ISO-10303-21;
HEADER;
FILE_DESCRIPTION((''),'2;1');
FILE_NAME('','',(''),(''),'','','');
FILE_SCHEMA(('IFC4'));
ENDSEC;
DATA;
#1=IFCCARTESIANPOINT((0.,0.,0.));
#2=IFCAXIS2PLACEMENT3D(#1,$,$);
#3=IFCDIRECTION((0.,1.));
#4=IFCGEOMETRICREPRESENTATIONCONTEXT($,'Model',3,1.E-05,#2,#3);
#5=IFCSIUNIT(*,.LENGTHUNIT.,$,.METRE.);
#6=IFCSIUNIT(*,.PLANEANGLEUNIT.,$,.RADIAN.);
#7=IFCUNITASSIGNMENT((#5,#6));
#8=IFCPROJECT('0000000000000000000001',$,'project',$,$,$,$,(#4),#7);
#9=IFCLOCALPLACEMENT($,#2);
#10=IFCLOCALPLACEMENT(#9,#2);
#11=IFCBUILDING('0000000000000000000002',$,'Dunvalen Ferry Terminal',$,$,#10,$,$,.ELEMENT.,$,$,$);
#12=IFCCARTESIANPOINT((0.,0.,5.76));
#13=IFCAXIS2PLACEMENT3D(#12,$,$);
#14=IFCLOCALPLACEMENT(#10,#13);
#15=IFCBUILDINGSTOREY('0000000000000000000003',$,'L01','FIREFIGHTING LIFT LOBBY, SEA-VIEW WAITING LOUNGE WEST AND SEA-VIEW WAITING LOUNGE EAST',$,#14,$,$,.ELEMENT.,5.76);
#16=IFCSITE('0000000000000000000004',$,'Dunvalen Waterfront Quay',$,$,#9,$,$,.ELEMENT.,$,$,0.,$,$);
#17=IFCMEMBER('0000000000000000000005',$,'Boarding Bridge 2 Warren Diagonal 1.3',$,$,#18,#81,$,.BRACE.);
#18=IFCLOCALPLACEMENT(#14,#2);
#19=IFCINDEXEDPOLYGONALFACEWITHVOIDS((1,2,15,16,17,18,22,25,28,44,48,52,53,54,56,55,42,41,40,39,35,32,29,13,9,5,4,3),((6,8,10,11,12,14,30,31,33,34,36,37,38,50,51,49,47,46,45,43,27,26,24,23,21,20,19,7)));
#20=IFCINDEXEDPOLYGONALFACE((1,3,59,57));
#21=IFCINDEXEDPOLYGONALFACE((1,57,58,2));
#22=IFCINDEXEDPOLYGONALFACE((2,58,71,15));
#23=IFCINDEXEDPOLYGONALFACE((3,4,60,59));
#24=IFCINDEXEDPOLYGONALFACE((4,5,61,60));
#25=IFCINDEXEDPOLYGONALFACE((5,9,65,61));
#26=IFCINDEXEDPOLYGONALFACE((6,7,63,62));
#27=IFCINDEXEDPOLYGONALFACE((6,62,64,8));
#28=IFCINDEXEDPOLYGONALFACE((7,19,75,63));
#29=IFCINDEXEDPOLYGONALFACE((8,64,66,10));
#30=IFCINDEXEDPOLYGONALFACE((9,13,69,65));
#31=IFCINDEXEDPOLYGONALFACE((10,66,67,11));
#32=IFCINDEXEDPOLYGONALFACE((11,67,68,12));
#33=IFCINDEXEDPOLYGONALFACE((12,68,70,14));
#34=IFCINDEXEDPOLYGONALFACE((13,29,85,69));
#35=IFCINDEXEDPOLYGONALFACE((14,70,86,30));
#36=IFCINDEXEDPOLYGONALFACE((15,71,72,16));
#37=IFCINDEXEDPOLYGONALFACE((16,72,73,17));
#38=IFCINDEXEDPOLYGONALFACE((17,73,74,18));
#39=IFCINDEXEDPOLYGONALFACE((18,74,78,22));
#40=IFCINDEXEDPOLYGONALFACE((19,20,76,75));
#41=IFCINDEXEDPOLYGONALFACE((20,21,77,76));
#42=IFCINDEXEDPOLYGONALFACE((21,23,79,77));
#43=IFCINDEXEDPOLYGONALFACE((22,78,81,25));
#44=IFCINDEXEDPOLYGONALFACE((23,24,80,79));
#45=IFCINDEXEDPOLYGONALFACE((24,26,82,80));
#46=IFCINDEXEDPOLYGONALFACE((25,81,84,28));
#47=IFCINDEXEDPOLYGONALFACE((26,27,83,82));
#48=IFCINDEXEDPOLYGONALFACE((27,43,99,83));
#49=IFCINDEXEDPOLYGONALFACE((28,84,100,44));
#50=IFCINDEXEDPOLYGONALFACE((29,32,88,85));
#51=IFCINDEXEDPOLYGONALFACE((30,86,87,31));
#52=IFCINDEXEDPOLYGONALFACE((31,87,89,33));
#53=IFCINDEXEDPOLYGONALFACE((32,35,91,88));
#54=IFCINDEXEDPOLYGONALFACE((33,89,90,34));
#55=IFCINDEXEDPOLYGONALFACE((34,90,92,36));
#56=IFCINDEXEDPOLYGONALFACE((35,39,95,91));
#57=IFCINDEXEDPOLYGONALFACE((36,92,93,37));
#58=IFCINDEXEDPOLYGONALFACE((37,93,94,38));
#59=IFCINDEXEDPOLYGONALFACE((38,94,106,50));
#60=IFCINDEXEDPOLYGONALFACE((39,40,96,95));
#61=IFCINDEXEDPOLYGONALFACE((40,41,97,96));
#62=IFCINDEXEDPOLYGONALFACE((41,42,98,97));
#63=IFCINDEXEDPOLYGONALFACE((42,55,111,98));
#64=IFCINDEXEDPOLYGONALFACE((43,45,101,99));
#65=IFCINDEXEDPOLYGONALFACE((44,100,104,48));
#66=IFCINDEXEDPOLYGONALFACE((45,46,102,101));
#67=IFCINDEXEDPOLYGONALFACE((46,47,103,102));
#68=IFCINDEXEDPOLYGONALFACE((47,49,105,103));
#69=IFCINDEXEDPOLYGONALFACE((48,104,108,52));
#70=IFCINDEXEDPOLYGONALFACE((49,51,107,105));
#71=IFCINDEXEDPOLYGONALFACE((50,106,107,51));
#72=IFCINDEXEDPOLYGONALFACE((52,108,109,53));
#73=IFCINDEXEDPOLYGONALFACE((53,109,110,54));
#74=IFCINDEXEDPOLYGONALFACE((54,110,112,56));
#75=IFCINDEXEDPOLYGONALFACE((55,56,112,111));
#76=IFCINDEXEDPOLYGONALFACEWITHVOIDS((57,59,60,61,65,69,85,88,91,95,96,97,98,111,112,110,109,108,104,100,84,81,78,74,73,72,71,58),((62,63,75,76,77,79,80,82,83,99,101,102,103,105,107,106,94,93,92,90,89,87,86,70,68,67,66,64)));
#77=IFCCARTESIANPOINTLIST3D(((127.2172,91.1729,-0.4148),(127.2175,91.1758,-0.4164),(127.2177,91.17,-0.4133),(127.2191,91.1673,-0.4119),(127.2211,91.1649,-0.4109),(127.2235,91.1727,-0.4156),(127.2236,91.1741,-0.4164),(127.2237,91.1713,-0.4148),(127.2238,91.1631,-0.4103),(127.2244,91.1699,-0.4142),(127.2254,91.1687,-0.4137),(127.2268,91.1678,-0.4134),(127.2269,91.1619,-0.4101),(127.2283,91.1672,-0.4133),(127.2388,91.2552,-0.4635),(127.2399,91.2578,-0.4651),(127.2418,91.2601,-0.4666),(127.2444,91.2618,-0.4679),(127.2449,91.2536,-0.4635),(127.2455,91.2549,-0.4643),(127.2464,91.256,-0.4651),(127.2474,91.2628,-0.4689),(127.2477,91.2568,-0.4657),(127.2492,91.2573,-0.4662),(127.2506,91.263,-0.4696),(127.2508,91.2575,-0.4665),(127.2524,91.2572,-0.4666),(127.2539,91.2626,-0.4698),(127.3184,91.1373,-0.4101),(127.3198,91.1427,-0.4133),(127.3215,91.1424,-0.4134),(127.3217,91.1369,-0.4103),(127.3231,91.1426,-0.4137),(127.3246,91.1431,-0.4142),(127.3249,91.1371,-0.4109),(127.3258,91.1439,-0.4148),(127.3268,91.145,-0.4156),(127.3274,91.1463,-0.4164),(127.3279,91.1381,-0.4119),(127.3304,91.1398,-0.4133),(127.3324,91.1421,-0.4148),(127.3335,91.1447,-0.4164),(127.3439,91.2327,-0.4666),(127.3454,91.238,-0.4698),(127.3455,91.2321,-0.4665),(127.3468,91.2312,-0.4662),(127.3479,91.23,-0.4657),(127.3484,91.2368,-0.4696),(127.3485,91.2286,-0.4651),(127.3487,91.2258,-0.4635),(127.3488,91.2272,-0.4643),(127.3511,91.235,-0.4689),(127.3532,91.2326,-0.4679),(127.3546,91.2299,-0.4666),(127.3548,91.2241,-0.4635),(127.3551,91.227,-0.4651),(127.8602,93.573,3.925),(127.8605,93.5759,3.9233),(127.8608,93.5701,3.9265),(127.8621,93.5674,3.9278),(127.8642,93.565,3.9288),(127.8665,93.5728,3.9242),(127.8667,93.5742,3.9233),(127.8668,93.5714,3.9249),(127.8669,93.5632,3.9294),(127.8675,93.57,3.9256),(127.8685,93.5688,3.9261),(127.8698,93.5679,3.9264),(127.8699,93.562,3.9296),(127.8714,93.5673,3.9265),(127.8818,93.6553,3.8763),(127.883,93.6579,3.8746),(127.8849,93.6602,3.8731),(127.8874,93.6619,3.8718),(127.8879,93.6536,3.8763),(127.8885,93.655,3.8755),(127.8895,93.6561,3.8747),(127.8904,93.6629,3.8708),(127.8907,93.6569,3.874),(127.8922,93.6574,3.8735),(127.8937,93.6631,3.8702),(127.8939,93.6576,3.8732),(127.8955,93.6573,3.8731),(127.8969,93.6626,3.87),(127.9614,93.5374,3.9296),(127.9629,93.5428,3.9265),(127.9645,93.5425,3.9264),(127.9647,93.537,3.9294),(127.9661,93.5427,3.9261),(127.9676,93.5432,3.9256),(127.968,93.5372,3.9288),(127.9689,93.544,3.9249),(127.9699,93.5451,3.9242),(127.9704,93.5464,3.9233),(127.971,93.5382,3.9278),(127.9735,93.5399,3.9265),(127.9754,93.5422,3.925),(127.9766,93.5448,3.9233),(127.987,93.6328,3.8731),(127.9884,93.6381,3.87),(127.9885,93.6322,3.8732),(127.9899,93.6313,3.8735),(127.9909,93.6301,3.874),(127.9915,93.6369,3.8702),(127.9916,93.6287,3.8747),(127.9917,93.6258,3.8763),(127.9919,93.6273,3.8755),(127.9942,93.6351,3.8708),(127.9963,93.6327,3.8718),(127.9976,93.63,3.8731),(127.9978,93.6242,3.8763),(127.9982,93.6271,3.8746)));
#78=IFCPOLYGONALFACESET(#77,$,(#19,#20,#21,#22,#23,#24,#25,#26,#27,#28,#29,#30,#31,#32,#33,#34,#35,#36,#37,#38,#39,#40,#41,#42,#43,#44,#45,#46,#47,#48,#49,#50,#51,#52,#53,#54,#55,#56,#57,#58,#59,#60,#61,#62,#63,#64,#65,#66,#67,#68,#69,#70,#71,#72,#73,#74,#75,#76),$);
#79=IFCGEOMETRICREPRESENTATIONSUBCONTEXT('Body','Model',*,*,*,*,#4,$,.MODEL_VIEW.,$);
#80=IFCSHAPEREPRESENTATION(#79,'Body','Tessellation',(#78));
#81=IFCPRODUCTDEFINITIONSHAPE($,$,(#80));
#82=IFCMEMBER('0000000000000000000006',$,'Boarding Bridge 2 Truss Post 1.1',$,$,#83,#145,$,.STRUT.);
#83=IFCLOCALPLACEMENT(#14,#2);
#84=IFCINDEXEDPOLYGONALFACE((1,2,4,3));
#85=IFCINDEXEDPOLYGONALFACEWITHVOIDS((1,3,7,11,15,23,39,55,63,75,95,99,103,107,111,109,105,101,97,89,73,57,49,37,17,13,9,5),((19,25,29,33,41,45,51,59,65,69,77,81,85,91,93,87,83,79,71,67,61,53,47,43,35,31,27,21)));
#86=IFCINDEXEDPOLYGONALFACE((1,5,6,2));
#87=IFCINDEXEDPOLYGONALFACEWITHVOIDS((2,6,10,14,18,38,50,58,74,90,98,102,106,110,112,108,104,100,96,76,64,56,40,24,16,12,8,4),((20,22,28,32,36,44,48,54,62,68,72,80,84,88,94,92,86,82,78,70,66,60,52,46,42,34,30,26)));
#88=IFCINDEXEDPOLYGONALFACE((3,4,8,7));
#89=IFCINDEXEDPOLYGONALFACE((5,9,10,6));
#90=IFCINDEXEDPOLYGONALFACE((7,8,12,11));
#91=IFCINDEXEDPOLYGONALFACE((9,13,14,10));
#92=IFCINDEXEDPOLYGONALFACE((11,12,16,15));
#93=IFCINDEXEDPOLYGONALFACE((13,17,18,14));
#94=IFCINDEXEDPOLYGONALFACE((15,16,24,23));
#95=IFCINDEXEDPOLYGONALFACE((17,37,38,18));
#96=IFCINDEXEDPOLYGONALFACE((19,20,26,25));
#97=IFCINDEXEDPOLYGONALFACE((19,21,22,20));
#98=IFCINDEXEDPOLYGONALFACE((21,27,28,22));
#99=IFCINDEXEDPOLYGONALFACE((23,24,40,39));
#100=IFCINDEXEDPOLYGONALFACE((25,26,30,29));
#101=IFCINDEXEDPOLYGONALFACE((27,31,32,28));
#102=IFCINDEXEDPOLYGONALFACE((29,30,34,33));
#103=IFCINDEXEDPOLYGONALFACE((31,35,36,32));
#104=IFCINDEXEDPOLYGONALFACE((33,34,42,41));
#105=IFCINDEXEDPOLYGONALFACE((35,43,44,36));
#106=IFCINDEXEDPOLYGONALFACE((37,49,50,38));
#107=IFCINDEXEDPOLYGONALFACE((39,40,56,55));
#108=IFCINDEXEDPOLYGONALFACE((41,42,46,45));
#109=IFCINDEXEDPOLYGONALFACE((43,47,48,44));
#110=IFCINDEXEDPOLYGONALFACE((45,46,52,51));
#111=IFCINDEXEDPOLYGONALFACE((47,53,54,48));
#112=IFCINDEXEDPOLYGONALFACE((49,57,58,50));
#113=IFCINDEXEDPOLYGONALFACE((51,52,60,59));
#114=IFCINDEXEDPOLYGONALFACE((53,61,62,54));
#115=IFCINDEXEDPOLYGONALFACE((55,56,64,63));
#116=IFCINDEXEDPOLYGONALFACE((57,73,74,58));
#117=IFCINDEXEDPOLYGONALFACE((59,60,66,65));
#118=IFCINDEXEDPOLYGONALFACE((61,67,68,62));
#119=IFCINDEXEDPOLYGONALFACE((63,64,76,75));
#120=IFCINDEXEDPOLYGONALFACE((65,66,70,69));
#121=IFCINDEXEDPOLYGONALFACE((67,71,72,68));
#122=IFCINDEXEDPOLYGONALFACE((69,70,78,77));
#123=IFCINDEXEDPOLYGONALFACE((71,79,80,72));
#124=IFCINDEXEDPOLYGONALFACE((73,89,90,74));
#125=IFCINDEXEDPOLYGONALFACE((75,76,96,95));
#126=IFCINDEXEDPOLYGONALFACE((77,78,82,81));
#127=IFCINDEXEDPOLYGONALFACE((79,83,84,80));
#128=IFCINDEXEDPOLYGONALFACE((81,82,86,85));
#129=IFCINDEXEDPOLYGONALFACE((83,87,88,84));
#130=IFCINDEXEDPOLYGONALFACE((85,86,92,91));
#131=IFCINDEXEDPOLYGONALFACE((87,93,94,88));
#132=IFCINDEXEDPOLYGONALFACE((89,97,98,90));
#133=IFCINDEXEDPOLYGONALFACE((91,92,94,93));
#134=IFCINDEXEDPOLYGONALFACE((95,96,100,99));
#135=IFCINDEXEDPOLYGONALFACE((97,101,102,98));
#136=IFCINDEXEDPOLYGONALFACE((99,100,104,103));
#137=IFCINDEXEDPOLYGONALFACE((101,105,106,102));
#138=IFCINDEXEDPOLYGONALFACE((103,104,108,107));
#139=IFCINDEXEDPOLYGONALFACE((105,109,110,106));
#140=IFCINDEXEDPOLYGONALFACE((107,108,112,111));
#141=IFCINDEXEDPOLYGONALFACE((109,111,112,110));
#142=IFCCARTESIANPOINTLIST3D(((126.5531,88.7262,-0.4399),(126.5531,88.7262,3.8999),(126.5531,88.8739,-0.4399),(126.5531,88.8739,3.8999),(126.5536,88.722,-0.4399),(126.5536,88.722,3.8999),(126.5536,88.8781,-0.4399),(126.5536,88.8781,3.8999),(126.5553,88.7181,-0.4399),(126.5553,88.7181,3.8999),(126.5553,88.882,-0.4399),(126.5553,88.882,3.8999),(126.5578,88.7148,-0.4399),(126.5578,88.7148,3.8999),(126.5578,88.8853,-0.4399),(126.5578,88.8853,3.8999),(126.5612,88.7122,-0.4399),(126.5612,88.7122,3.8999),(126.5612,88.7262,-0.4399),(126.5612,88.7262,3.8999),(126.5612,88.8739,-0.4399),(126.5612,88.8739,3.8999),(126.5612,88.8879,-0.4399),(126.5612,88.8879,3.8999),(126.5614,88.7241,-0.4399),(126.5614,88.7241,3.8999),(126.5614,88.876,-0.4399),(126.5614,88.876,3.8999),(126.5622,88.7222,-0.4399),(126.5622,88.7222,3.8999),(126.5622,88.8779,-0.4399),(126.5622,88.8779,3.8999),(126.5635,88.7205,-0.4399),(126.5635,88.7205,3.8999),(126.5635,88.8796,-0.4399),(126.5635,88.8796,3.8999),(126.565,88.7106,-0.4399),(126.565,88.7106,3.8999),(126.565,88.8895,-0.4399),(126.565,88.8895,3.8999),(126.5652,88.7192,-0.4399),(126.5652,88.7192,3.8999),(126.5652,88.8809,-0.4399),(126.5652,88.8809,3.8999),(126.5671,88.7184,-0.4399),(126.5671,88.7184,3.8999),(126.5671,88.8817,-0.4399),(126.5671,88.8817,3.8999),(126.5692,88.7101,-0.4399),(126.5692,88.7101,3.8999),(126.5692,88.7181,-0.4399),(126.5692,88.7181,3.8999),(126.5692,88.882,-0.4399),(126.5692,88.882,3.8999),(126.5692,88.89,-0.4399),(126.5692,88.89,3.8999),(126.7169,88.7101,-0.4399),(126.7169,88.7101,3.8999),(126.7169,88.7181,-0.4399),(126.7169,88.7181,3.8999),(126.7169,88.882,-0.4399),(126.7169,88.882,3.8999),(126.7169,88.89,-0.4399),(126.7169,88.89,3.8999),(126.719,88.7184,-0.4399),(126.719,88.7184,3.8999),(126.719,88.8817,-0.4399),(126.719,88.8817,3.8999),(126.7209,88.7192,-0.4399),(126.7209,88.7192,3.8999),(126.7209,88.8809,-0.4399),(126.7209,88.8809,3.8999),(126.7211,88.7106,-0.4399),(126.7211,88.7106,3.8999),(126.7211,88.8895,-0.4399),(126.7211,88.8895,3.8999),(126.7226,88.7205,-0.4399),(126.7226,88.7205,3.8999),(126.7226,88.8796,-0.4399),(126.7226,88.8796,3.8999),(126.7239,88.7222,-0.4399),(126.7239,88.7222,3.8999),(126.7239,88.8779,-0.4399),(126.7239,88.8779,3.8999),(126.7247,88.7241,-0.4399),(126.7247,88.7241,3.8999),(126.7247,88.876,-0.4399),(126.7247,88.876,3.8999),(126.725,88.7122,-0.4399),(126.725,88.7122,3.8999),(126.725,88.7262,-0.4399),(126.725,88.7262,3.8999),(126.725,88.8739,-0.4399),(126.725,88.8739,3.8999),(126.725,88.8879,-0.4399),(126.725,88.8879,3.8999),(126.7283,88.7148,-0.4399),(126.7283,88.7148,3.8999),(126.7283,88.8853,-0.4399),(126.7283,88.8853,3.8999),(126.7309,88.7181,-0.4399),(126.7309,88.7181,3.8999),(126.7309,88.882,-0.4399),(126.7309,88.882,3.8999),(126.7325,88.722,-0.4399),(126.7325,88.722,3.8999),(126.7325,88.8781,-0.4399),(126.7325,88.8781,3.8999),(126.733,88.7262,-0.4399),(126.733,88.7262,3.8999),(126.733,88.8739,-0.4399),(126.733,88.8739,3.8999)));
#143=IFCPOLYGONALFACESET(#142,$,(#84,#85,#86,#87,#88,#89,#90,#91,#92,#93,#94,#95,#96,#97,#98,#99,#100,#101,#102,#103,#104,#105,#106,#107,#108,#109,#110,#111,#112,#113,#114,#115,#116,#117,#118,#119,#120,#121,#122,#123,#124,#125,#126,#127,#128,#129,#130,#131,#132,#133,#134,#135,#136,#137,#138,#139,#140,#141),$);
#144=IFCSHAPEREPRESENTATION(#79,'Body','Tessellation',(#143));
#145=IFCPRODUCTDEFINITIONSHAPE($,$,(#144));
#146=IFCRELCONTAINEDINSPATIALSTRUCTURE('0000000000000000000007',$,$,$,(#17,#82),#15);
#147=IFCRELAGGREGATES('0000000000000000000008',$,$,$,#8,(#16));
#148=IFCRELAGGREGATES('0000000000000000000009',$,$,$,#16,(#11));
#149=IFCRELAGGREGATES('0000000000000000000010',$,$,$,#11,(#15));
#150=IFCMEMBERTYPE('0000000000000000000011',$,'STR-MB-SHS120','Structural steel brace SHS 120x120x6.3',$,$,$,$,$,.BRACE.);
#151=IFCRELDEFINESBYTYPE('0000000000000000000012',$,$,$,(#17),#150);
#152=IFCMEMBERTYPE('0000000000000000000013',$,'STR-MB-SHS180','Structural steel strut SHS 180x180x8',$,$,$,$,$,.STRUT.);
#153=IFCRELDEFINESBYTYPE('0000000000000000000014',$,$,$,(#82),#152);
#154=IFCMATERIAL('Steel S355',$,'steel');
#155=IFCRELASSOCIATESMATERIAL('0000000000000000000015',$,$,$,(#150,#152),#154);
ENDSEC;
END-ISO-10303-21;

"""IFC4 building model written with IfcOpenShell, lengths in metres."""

from ifc_helpers import new_model, si_unit, direction, frame, origin, origin_2d, place, context, subcontext, project, spatial, hollow_rectangle, extrude, material, material_profile, profile_set, type_object, element, save


model = new_model("IFC4")

# Units and contexts
model_context = context("Model", 3, precision=1e-05, world=origin(), true_north=direction((0.0, 1.0)))
body_context = subcontext(model_context, "Body", "Model", "MODEL_VIEW")
ifc_project = project(units=[si_unit("LENGTHUNIT", "METRE"), si_unit("PLANEANGLEUNIT", "RADIAN")], contexts=[model_context])

# Site, building, storey
site_placement = place(None, origin())
site = spatial("IfcSite", under=ifc_project, at=site_placement, Name="Dunvalen Waterfront Quay", CompositionType="ELEMENT", RefElevation=0.0)
building_placement = place(site_placement, origin())
building = spatial("IfcBuilding", under=site, at=building_placement, Name="Dunvalen Ferry Terminal", CompositionType="ELEMENT")
storey_placement = place(building_placement, frame((0.0, 0.0, 5.76)))
storey = spatial("IfcBuildingStorey", under=building, at=storey_placement, Name="L01", Description="FIREFIGHTING LIFT LOBBY, SEA-VIEW WAITING LOUNGE WEST AND SEA-VIEW WAITING LOUNGE EAST", CompositionType="ELEMENT", Elevation=5.76)

# Shared definitions
ifc_material_1 = material(Name="Steel S355", Category="steel")

# Members
ifc_material_profile_1 = material_profile(ifc_material_1, hollow_rectangle(XDim=0.1201, YDim=0.1201, WallThickness=0.0063, InnerFilletRadius=0.0063, OuterFilletRadius=0.0127, at=origin_2d()), Name="Steel S355")
ifc_profile_set_1 = profile_set([ifc_material_profile_1], Name="Steel S355")
member_type_1 = type_object("IfcMemberType", Name="STR-MB-SHS120", Description="Structural steel brace SHS 120x120x6.3", PredefinedType="BRACE", material=ifc_profile_set_1)
for number, where, z_axis, x_axis, name in (
    (1, (127.2861, 91.2, -0.4399), (0.128591, 0.479948, 0.867822), (-0.965931, 0.2588, 0.0), "Boarding Bridge 2 Warren Diagonal 1.3"),
):
    element("IfcMember", number, at=place(storey_placement, frame(where, z_axis=z_axis, x_axis=x_axis)), inside=storey, type_object=member_type_1, Name=name, PredefinedType="BRACE", context=body_context, shape_type="SweptSolid", body=[
        extrude(hollow_rectangle(XDim=0.1201, YDim=0.1201, WallThickness=0.0063, InnerFilletRadius=0.0063, OuterFilletRadius=0.0127, at=origin_2d()), origin(), (0.0, 0.0, 1.0), 5.0007),
    ])
ifc_material_profile_2 = material_profile(ifc_material_1, hollow_rectangle(XDim=0.1799, YDim=0.1799, WallThickness=0.0081, InnerFilletRadius=0.0081, OuterFilletRadius=0.0161, at=origin_2d()), Name="Steel S355")
ifc_profile_set_2 = profile_set([ifc_material_profile_2], Name="Steel S355")
member_type_2 = type_object("IfcMemberType", Name="STR-MB-SHS180", Description="Structural steel strut SHS 180x180x8", PredefinedType="STRUT", material=ifc_profile_set_2)
for number, where, z_axis, x_axis, name in (
    (2, (126.6431, 88.8, -0.4399), (0.0, 0.0, 1.0), (1.0, 0.0, 0.0), "Boarding Bridge 2 Truss Post 1.1"),
):
    element("IfcMember", number, at=place(storey_placement, frame(where, z_axis=z_axis, x_axis=x_axis)), inside=storey, type_object=member_type_2, Name=name, PredefinedType="STRUT", context=body_context, shape_type="SweptSolid", body=[
        extrude(hollow_rectangle(XDim=0.1799, YDim=0.1799, WallThickness=0.0081, InnerFilletRadius=0.0081, OuterFilletRadius=0.0161, at=origin_2d()), origin(), (0.0, 0.0, 1.0), 4.3398),
    ])

save(model, "model.ifc")
